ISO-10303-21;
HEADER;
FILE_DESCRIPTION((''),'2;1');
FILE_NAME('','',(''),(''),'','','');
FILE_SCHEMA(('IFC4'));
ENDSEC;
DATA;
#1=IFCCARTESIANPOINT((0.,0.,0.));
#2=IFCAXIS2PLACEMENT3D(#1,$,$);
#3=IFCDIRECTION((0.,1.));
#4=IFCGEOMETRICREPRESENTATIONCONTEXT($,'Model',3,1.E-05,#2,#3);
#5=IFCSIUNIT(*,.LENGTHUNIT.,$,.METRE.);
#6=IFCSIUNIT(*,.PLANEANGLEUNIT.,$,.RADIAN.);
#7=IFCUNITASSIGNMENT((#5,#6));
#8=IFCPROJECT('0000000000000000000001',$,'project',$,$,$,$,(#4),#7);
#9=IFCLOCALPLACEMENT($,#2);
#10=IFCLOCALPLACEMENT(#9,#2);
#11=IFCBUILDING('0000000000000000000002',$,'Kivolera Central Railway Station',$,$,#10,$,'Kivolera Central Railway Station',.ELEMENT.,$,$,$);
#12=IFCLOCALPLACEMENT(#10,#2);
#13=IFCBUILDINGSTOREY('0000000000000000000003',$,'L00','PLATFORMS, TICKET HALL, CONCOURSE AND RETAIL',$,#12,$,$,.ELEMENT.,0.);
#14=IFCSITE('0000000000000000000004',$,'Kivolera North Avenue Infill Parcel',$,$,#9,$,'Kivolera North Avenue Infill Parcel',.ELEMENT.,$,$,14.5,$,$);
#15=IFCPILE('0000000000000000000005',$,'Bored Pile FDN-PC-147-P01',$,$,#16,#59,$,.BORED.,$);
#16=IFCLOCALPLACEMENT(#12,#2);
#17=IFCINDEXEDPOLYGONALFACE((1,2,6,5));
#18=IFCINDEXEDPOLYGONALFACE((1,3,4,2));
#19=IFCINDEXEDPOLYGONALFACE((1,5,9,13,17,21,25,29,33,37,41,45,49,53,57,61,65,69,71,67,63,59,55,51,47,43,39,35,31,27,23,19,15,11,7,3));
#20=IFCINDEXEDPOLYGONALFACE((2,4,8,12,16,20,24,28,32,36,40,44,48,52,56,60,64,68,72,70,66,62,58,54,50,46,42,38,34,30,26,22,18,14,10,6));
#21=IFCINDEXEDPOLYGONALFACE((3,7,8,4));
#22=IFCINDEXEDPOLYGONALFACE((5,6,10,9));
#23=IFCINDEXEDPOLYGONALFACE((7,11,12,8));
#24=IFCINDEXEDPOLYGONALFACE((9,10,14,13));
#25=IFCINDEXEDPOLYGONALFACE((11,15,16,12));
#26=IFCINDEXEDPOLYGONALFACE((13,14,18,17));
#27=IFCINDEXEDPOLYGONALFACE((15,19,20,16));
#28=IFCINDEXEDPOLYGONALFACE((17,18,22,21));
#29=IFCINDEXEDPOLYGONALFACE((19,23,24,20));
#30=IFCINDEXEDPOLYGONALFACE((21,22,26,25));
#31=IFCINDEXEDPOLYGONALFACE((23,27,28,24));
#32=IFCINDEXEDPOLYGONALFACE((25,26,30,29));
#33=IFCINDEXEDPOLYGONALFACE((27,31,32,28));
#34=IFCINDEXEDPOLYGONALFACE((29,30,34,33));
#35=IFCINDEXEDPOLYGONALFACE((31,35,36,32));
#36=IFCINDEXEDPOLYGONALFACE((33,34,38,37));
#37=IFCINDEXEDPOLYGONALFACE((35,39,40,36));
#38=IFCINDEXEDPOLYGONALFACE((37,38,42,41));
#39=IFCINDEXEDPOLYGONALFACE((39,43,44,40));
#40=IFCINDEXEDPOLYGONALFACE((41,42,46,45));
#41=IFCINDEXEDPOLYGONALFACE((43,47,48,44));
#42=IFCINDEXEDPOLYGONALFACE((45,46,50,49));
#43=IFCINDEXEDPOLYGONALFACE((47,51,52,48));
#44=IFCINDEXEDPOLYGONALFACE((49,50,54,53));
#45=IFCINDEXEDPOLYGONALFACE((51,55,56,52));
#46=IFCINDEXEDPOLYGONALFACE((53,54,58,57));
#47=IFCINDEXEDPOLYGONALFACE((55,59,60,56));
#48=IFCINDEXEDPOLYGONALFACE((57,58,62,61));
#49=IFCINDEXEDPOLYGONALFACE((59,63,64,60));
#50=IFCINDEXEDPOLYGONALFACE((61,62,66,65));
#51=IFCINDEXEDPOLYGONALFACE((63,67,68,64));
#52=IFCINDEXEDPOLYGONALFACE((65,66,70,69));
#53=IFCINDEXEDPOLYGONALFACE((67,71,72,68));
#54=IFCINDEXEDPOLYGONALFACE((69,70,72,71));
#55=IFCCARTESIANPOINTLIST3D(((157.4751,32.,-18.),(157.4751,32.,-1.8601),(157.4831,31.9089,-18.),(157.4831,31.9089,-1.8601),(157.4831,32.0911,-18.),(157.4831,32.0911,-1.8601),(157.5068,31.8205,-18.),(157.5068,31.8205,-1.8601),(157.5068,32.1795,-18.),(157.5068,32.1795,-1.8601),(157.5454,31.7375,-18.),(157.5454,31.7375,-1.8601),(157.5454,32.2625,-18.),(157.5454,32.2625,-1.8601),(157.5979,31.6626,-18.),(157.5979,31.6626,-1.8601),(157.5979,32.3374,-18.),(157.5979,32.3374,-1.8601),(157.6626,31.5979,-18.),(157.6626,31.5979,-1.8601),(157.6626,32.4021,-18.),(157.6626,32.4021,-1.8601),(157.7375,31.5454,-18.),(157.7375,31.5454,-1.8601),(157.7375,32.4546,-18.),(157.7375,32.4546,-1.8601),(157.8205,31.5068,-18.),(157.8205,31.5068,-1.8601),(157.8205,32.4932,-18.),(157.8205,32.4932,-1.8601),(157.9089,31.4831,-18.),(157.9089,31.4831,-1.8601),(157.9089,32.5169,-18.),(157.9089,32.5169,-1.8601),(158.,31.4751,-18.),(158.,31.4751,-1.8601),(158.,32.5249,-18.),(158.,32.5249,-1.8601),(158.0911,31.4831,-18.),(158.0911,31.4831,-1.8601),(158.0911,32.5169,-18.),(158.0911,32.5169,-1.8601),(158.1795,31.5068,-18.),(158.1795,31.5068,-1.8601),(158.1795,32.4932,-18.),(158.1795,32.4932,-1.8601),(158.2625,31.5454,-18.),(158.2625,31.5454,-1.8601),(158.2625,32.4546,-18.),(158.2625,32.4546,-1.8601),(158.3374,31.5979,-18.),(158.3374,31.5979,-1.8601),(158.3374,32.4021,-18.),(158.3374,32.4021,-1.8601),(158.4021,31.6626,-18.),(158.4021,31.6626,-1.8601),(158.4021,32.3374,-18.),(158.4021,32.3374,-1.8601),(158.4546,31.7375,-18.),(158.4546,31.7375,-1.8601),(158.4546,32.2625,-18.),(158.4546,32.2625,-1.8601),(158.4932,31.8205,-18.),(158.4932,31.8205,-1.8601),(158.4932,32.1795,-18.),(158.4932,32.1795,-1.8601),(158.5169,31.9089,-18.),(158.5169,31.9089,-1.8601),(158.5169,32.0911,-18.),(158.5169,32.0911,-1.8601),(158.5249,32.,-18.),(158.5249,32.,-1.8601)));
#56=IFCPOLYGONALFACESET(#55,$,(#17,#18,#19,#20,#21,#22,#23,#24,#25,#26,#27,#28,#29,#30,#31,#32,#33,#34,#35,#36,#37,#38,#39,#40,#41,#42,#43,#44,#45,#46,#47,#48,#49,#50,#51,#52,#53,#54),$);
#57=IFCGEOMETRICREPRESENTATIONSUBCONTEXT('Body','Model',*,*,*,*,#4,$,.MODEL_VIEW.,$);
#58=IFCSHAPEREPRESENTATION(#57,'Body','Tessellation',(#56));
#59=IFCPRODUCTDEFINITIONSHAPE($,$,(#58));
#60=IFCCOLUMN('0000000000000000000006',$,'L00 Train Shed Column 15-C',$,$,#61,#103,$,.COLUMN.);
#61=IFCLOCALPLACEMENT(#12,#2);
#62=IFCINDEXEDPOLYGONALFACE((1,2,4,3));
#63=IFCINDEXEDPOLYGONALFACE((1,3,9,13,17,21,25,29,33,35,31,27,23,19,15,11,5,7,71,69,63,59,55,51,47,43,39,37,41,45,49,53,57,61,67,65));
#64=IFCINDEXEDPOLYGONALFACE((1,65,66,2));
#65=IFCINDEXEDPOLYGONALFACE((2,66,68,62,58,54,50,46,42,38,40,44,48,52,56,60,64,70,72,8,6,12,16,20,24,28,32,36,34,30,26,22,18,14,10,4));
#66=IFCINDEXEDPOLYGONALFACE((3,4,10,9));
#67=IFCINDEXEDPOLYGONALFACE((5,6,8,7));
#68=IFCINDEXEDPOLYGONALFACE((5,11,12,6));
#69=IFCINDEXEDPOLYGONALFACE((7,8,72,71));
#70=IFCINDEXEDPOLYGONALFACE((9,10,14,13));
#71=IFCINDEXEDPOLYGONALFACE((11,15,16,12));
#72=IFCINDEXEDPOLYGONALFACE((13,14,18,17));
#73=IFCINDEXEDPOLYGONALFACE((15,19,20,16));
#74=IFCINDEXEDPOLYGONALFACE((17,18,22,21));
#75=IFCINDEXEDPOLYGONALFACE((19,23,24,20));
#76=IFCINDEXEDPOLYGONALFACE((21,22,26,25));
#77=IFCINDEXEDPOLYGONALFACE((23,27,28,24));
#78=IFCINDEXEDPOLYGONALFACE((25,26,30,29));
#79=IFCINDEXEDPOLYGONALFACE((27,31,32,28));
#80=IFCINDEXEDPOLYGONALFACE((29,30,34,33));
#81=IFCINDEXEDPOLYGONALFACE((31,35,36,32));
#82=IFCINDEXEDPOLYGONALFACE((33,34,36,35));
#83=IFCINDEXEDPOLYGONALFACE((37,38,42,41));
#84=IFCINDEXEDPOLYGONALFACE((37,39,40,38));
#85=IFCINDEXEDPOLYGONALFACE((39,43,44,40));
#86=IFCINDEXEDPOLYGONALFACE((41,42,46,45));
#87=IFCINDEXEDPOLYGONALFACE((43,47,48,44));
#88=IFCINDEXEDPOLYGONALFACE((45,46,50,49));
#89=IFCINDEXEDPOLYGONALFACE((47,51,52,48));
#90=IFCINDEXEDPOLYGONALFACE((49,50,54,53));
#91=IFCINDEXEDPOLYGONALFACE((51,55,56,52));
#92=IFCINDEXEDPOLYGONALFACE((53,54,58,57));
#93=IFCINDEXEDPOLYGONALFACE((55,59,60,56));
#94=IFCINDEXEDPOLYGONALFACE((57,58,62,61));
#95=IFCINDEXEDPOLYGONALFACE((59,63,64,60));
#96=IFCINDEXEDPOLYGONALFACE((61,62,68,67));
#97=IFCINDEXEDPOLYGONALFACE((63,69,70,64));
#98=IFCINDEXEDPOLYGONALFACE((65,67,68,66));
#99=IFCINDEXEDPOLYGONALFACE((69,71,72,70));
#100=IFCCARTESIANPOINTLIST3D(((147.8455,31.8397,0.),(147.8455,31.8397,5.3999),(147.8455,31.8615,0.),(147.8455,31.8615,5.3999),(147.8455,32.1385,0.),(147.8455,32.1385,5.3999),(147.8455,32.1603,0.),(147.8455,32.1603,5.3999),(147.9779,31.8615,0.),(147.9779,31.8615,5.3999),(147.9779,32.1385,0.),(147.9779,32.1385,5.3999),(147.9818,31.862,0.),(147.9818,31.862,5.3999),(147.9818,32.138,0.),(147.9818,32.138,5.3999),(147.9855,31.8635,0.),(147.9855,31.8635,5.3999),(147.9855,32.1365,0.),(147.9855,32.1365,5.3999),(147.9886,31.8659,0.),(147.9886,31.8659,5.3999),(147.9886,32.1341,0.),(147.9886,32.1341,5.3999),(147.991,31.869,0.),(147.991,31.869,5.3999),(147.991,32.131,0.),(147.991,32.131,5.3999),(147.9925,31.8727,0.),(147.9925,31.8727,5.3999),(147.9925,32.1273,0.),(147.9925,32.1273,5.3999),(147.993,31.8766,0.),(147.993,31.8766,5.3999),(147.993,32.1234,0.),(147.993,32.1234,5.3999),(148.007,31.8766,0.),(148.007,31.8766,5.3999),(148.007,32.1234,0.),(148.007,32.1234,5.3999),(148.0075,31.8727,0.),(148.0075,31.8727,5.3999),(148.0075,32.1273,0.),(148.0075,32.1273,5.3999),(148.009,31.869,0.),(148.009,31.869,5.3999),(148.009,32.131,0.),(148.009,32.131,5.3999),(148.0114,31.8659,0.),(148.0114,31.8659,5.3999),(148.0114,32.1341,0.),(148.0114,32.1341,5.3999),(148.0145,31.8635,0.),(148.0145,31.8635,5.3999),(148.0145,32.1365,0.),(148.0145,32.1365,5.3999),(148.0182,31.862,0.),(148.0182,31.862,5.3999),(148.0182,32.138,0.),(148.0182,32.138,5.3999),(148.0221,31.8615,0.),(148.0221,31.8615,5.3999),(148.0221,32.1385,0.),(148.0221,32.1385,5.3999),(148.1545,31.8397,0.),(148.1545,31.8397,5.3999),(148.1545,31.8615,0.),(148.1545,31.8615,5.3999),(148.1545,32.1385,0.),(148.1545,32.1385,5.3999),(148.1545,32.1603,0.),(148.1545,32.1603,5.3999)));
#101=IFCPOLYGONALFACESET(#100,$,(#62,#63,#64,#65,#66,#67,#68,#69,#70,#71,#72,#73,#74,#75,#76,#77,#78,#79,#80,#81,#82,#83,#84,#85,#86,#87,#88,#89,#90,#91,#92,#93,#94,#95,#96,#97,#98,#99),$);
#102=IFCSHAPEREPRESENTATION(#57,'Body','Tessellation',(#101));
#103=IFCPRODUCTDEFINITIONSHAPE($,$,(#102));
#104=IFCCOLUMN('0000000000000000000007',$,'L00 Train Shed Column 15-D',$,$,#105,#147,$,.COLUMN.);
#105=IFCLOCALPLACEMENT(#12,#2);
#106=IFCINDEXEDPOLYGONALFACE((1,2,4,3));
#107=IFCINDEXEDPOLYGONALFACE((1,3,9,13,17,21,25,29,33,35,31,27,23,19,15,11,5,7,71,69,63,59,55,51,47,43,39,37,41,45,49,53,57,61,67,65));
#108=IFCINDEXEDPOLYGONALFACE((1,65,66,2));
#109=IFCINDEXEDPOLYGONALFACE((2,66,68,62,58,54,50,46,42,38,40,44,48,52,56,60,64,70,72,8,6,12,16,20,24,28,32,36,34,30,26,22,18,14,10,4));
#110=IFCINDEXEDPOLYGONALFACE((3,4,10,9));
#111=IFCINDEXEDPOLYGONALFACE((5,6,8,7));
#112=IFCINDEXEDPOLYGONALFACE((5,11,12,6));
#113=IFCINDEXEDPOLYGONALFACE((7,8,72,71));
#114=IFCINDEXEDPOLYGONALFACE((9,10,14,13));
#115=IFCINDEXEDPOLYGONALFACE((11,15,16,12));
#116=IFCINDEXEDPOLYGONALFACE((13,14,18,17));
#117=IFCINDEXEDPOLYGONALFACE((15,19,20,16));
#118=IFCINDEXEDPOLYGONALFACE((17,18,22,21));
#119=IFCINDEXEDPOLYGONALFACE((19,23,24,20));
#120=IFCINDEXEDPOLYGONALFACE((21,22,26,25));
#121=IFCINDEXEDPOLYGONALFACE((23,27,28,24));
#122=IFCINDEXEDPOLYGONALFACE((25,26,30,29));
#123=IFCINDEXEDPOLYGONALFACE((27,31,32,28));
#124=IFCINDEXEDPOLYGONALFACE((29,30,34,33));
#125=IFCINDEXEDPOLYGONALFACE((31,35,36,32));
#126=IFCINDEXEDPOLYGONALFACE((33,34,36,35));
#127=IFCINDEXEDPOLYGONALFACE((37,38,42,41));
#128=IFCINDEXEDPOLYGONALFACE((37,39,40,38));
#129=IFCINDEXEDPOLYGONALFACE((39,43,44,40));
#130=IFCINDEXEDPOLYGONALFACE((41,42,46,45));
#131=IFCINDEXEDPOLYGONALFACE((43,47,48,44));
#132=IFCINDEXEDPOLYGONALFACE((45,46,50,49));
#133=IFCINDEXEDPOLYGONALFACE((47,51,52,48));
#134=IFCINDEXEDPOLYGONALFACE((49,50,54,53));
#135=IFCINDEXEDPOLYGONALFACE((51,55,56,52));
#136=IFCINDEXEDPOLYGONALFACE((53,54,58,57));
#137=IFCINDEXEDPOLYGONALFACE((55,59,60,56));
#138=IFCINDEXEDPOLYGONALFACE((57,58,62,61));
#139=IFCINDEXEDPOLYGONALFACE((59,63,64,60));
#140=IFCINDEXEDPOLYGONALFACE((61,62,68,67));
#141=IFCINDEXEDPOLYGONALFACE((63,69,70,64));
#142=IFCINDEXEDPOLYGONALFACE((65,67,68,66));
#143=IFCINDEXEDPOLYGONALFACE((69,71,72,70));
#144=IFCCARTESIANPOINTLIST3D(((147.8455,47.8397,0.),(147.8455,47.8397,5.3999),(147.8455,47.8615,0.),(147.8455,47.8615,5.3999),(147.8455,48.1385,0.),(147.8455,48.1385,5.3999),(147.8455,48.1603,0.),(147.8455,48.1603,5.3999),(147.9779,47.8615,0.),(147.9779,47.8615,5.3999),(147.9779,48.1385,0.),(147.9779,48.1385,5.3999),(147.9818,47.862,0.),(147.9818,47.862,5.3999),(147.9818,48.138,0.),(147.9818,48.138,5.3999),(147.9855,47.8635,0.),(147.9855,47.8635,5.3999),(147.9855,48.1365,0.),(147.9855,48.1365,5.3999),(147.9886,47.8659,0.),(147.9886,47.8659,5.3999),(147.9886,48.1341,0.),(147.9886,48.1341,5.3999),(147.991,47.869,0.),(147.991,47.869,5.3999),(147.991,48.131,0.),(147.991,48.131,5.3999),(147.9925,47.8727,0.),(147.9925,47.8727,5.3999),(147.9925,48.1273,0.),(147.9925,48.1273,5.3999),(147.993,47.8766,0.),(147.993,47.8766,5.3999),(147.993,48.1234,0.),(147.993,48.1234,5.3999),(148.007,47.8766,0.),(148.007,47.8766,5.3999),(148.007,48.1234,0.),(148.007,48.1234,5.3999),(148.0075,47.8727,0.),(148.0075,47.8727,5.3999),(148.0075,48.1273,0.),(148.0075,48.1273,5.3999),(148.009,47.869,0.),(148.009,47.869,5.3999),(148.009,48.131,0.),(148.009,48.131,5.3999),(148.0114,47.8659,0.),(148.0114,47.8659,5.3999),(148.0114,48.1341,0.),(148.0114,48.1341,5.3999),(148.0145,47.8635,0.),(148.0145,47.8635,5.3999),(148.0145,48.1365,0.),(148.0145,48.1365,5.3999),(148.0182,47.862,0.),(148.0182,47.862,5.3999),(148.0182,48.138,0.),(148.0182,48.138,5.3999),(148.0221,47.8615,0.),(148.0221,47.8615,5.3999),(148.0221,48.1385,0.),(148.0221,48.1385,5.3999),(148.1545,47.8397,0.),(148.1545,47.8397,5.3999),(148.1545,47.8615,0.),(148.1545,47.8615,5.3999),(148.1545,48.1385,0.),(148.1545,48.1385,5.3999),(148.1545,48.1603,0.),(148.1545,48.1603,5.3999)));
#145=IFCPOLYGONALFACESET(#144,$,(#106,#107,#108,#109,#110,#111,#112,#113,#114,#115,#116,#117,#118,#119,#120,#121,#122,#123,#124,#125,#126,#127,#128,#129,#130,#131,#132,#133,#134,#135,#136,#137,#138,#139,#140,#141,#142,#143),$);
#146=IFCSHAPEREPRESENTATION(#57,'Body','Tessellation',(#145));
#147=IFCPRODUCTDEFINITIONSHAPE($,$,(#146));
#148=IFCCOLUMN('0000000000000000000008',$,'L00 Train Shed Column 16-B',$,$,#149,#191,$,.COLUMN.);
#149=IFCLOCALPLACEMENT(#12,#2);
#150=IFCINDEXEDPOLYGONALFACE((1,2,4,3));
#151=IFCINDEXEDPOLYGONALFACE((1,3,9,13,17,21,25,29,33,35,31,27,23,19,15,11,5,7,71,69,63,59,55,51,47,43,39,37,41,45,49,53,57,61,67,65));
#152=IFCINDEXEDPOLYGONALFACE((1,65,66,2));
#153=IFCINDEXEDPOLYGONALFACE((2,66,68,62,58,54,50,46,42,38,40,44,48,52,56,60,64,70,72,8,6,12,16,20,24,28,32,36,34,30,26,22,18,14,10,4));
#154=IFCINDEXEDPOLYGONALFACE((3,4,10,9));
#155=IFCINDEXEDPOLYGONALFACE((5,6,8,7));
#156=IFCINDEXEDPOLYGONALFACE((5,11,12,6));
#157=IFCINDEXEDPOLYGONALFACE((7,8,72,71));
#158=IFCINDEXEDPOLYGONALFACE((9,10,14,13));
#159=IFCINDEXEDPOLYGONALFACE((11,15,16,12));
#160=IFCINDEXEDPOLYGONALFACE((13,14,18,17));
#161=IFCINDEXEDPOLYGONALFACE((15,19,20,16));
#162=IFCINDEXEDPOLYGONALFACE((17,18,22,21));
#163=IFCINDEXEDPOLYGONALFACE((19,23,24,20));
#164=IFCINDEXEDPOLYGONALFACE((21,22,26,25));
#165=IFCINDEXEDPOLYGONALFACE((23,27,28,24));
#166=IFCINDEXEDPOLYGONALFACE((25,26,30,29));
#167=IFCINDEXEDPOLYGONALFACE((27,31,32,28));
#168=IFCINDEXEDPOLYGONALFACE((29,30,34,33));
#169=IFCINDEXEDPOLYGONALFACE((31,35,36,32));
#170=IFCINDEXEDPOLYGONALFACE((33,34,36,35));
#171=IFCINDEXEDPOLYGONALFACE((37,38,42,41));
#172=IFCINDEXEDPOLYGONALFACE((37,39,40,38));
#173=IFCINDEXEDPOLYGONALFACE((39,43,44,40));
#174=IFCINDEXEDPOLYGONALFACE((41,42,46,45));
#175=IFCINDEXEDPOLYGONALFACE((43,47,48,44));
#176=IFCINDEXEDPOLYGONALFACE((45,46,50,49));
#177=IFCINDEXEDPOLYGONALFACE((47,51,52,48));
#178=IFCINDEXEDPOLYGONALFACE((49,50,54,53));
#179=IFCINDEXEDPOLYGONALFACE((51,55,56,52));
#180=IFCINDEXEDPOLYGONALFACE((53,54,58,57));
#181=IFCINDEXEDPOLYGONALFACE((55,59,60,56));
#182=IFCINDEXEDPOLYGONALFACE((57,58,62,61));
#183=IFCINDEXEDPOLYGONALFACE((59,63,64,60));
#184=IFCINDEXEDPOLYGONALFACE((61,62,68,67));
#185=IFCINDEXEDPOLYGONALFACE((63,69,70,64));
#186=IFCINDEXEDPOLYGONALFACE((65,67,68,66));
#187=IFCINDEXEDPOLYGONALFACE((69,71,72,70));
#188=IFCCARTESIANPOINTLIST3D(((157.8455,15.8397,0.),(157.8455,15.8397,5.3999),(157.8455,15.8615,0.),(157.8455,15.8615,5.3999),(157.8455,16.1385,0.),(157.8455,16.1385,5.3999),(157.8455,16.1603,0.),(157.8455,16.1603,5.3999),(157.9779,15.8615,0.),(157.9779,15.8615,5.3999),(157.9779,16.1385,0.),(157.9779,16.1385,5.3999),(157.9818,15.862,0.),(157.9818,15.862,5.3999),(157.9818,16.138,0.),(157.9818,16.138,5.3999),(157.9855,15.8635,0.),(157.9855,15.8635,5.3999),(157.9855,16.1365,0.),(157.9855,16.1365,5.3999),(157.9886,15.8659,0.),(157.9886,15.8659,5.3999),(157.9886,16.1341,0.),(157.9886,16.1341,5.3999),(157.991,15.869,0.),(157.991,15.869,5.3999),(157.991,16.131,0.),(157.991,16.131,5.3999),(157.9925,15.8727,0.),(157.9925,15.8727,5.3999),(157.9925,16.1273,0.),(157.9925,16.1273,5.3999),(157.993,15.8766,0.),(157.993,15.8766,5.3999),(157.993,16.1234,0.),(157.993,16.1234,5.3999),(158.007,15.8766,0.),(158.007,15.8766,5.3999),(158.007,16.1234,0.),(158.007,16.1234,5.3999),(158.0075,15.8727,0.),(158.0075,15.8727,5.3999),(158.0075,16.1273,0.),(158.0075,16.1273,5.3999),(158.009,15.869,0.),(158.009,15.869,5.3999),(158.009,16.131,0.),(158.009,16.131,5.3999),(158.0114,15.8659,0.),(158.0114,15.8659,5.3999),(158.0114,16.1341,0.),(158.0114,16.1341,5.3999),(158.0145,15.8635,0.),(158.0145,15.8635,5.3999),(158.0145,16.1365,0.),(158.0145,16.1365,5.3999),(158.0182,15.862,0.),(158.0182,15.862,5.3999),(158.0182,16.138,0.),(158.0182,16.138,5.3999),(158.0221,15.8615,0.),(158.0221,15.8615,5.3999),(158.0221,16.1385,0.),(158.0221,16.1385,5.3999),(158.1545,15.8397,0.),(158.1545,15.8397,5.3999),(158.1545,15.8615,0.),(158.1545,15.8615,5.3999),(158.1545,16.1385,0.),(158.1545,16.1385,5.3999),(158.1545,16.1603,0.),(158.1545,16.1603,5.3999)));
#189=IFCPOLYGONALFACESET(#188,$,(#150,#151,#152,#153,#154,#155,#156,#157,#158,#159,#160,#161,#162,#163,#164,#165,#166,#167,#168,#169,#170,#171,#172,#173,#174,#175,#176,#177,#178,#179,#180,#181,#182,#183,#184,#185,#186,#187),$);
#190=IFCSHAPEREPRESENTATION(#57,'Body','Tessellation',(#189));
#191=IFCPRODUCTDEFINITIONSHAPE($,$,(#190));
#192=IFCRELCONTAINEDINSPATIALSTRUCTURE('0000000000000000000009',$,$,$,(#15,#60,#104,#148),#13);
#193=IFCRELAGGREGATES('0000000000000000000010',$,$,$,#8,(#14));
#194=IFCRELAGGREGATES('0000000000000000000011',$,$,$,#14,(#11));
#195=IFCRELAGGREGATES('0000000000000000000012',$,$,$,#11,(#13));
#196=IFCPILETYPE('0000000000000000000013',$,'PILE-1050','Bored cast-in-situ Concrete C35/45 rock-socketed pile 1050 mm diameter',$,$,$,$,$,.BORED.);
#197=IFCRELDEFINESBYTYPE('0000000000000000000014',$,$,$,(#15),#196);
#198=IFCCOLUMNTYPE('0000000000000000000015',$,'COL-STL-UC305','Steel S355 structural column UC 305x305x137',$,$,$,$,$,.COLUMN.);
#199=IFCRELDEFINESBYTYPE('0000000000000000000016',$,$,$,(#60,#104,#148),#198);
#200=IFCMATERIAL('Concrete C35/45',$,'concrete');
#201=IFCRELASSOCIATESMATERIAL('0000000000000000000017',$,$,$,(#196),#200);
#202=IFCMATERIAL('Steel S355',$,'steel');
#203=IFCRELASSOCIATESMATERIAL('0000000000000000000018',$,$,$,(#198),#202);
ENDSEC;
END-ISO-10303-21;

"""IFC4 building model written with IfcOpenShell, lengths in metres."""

from ifc_helpers import new_model, si_unit, direction, frame, origin, origin_2d, place, context, subcontext, project, spatial, circle, i_section, extrude, material, material_profile, profile_set, type_object, element, save


model = new_model("IFC4")

# Units and contexts
model_context = context("Model", 3, precision=1e-05, world=origin(), true_north=direction((0.0, 1.0)))
body_context = subcontext(model_context, "Body", "Model", "MODEL_VIEW")
ifc_project = project(units=[si_unit("LENGTHUNIT", "METRE"), si_unit("PLANEANGLEUNIT", "RADIAN")], contexts=[model_context])

# Site, building, storey
site_placement = place(None, origin())
site = spatial("IfcSite", under=ifc_project, at=site_placement, Name="Kivolera North Avenue Infill Parcel", LongName="Kivolera North Avenue Infill Parcel", CompositionType="ELEMENT", RefElevation=14.5)
building_placement = place(site_placement, origin())
building = spatial("IfcBuilding", under=site, at=building_placement, Name="Kivolera Central Railway Station", LongName="Kivolera Central Railway Station", CompositionType="ELEMENT")
storey_placement = place(building_placement, origin())
storey = spatial("IfcBuildingStorey", under=building, at=storey_placement, Name="L00", Description="PLATFORMS, TICKET HALL, CONCOURSE AND RETAIL", CompositionType="ELEMENT", Elevation=0.0)

# Shared definitions
ifc_material_1 = material(Name="Concrete C35/45", Category="concrete")

# Pile
ifc_material_profile_1 = material_profile(ifc_material_1, circle(Radius=0.5249, at=origin_2d()), Name="PILE D1050")
ifc_profile_set_1 = profile_set([ifc_material_profile_1], Name="Concrete C35/45")
pile_type = type_object("IfcPileType", Name="PILE-1050", Description="Bored cast-in-situ Concrete C35/45 rock-socketed pile 1050 mm diameter", PredefinedType="BORED", material=ifc_profile_set_1)
for number, where, z_axis, x_axis, name in (
    (1, (158.0, 32.0, -1.8601), (0.0, 0.0, -1.0), (1.0, 0.0, 0.0), "Bored Pile FDN-PC-147-P01"),
):
    element("IfcPile", number, at=place(storey_placement, frame(where, z_axis=z_axis, x_axis=x_axis)), inside=storey, type_object=pile_type, Name=name, PredefinedType="BORED", context=body_context, shape_type="SweptSolid", body=[
        extrude(circle(Radius=0.5249, at=origin_2d()), origin(), (0.0, 0.0, 1.0), 16.1399),
    ])

# Columns
ifc_material_2 = material(Name="Steel S355", Category="steel")
ifc_material_profile_2 = material_profile(ifc_material_2, i_section(OverallWidth=0.3091, OverallDepth=0.3206, WebThickness=0.0139, FlangeThickness=0.0217, FilletRadius=0.0151, at=origin_2d()), Name="UC 305x305x137")
ifc_profile_set_2 = profile_set([ifc_material_profile_2], Name="Steel S355")
column_type = type_object("IfcColumnType", Name="COL-STL-UC305", Description="Steel S355 structural column UC 305x305x137", PredefinedType="COLUMN", material=ifc_profile_set_2)
for number, where, z_axis, x_axis, name in (
    (2, (148.0, 32.0, 0.0), (0.0, 0.0, 1.0), (1.0, 0.0, 0.0), "L00 Train Shed Column 15-C"),
    (3, (148.0, 48.0, 0.0), (0.0, 0.0, 1.0), (1.0, 0.0, 0.0), "L00 Train Shed Column 15-D"),
    (4, (158.0, 16.0, 0.0), (0.0, 0.0, 1.0), (1.0, 0.0, 0.0), "L00 Train Shed Column 16-B"),
):
    element("IfcColumn", number, at=place(storey_placement, frame(where, z_axis=z_axis, x_axis=x_axis)), inside=storey, type_object=column_type, Name=name, PredefinedType="COLUMN", context=body_context, shape_type="SweptSolid", body=[
        extrude(i_section(OverallWidth=0.3091, OverallDepth=0.3206, WebThickness=0.0139, FlangeThickness=0.0217, FilletRadius=0.0151, at=origin_2d()), origin(), (0.0, 0.0, 1.0), 5.3999),
    ])

save(model, "model.ifc")
